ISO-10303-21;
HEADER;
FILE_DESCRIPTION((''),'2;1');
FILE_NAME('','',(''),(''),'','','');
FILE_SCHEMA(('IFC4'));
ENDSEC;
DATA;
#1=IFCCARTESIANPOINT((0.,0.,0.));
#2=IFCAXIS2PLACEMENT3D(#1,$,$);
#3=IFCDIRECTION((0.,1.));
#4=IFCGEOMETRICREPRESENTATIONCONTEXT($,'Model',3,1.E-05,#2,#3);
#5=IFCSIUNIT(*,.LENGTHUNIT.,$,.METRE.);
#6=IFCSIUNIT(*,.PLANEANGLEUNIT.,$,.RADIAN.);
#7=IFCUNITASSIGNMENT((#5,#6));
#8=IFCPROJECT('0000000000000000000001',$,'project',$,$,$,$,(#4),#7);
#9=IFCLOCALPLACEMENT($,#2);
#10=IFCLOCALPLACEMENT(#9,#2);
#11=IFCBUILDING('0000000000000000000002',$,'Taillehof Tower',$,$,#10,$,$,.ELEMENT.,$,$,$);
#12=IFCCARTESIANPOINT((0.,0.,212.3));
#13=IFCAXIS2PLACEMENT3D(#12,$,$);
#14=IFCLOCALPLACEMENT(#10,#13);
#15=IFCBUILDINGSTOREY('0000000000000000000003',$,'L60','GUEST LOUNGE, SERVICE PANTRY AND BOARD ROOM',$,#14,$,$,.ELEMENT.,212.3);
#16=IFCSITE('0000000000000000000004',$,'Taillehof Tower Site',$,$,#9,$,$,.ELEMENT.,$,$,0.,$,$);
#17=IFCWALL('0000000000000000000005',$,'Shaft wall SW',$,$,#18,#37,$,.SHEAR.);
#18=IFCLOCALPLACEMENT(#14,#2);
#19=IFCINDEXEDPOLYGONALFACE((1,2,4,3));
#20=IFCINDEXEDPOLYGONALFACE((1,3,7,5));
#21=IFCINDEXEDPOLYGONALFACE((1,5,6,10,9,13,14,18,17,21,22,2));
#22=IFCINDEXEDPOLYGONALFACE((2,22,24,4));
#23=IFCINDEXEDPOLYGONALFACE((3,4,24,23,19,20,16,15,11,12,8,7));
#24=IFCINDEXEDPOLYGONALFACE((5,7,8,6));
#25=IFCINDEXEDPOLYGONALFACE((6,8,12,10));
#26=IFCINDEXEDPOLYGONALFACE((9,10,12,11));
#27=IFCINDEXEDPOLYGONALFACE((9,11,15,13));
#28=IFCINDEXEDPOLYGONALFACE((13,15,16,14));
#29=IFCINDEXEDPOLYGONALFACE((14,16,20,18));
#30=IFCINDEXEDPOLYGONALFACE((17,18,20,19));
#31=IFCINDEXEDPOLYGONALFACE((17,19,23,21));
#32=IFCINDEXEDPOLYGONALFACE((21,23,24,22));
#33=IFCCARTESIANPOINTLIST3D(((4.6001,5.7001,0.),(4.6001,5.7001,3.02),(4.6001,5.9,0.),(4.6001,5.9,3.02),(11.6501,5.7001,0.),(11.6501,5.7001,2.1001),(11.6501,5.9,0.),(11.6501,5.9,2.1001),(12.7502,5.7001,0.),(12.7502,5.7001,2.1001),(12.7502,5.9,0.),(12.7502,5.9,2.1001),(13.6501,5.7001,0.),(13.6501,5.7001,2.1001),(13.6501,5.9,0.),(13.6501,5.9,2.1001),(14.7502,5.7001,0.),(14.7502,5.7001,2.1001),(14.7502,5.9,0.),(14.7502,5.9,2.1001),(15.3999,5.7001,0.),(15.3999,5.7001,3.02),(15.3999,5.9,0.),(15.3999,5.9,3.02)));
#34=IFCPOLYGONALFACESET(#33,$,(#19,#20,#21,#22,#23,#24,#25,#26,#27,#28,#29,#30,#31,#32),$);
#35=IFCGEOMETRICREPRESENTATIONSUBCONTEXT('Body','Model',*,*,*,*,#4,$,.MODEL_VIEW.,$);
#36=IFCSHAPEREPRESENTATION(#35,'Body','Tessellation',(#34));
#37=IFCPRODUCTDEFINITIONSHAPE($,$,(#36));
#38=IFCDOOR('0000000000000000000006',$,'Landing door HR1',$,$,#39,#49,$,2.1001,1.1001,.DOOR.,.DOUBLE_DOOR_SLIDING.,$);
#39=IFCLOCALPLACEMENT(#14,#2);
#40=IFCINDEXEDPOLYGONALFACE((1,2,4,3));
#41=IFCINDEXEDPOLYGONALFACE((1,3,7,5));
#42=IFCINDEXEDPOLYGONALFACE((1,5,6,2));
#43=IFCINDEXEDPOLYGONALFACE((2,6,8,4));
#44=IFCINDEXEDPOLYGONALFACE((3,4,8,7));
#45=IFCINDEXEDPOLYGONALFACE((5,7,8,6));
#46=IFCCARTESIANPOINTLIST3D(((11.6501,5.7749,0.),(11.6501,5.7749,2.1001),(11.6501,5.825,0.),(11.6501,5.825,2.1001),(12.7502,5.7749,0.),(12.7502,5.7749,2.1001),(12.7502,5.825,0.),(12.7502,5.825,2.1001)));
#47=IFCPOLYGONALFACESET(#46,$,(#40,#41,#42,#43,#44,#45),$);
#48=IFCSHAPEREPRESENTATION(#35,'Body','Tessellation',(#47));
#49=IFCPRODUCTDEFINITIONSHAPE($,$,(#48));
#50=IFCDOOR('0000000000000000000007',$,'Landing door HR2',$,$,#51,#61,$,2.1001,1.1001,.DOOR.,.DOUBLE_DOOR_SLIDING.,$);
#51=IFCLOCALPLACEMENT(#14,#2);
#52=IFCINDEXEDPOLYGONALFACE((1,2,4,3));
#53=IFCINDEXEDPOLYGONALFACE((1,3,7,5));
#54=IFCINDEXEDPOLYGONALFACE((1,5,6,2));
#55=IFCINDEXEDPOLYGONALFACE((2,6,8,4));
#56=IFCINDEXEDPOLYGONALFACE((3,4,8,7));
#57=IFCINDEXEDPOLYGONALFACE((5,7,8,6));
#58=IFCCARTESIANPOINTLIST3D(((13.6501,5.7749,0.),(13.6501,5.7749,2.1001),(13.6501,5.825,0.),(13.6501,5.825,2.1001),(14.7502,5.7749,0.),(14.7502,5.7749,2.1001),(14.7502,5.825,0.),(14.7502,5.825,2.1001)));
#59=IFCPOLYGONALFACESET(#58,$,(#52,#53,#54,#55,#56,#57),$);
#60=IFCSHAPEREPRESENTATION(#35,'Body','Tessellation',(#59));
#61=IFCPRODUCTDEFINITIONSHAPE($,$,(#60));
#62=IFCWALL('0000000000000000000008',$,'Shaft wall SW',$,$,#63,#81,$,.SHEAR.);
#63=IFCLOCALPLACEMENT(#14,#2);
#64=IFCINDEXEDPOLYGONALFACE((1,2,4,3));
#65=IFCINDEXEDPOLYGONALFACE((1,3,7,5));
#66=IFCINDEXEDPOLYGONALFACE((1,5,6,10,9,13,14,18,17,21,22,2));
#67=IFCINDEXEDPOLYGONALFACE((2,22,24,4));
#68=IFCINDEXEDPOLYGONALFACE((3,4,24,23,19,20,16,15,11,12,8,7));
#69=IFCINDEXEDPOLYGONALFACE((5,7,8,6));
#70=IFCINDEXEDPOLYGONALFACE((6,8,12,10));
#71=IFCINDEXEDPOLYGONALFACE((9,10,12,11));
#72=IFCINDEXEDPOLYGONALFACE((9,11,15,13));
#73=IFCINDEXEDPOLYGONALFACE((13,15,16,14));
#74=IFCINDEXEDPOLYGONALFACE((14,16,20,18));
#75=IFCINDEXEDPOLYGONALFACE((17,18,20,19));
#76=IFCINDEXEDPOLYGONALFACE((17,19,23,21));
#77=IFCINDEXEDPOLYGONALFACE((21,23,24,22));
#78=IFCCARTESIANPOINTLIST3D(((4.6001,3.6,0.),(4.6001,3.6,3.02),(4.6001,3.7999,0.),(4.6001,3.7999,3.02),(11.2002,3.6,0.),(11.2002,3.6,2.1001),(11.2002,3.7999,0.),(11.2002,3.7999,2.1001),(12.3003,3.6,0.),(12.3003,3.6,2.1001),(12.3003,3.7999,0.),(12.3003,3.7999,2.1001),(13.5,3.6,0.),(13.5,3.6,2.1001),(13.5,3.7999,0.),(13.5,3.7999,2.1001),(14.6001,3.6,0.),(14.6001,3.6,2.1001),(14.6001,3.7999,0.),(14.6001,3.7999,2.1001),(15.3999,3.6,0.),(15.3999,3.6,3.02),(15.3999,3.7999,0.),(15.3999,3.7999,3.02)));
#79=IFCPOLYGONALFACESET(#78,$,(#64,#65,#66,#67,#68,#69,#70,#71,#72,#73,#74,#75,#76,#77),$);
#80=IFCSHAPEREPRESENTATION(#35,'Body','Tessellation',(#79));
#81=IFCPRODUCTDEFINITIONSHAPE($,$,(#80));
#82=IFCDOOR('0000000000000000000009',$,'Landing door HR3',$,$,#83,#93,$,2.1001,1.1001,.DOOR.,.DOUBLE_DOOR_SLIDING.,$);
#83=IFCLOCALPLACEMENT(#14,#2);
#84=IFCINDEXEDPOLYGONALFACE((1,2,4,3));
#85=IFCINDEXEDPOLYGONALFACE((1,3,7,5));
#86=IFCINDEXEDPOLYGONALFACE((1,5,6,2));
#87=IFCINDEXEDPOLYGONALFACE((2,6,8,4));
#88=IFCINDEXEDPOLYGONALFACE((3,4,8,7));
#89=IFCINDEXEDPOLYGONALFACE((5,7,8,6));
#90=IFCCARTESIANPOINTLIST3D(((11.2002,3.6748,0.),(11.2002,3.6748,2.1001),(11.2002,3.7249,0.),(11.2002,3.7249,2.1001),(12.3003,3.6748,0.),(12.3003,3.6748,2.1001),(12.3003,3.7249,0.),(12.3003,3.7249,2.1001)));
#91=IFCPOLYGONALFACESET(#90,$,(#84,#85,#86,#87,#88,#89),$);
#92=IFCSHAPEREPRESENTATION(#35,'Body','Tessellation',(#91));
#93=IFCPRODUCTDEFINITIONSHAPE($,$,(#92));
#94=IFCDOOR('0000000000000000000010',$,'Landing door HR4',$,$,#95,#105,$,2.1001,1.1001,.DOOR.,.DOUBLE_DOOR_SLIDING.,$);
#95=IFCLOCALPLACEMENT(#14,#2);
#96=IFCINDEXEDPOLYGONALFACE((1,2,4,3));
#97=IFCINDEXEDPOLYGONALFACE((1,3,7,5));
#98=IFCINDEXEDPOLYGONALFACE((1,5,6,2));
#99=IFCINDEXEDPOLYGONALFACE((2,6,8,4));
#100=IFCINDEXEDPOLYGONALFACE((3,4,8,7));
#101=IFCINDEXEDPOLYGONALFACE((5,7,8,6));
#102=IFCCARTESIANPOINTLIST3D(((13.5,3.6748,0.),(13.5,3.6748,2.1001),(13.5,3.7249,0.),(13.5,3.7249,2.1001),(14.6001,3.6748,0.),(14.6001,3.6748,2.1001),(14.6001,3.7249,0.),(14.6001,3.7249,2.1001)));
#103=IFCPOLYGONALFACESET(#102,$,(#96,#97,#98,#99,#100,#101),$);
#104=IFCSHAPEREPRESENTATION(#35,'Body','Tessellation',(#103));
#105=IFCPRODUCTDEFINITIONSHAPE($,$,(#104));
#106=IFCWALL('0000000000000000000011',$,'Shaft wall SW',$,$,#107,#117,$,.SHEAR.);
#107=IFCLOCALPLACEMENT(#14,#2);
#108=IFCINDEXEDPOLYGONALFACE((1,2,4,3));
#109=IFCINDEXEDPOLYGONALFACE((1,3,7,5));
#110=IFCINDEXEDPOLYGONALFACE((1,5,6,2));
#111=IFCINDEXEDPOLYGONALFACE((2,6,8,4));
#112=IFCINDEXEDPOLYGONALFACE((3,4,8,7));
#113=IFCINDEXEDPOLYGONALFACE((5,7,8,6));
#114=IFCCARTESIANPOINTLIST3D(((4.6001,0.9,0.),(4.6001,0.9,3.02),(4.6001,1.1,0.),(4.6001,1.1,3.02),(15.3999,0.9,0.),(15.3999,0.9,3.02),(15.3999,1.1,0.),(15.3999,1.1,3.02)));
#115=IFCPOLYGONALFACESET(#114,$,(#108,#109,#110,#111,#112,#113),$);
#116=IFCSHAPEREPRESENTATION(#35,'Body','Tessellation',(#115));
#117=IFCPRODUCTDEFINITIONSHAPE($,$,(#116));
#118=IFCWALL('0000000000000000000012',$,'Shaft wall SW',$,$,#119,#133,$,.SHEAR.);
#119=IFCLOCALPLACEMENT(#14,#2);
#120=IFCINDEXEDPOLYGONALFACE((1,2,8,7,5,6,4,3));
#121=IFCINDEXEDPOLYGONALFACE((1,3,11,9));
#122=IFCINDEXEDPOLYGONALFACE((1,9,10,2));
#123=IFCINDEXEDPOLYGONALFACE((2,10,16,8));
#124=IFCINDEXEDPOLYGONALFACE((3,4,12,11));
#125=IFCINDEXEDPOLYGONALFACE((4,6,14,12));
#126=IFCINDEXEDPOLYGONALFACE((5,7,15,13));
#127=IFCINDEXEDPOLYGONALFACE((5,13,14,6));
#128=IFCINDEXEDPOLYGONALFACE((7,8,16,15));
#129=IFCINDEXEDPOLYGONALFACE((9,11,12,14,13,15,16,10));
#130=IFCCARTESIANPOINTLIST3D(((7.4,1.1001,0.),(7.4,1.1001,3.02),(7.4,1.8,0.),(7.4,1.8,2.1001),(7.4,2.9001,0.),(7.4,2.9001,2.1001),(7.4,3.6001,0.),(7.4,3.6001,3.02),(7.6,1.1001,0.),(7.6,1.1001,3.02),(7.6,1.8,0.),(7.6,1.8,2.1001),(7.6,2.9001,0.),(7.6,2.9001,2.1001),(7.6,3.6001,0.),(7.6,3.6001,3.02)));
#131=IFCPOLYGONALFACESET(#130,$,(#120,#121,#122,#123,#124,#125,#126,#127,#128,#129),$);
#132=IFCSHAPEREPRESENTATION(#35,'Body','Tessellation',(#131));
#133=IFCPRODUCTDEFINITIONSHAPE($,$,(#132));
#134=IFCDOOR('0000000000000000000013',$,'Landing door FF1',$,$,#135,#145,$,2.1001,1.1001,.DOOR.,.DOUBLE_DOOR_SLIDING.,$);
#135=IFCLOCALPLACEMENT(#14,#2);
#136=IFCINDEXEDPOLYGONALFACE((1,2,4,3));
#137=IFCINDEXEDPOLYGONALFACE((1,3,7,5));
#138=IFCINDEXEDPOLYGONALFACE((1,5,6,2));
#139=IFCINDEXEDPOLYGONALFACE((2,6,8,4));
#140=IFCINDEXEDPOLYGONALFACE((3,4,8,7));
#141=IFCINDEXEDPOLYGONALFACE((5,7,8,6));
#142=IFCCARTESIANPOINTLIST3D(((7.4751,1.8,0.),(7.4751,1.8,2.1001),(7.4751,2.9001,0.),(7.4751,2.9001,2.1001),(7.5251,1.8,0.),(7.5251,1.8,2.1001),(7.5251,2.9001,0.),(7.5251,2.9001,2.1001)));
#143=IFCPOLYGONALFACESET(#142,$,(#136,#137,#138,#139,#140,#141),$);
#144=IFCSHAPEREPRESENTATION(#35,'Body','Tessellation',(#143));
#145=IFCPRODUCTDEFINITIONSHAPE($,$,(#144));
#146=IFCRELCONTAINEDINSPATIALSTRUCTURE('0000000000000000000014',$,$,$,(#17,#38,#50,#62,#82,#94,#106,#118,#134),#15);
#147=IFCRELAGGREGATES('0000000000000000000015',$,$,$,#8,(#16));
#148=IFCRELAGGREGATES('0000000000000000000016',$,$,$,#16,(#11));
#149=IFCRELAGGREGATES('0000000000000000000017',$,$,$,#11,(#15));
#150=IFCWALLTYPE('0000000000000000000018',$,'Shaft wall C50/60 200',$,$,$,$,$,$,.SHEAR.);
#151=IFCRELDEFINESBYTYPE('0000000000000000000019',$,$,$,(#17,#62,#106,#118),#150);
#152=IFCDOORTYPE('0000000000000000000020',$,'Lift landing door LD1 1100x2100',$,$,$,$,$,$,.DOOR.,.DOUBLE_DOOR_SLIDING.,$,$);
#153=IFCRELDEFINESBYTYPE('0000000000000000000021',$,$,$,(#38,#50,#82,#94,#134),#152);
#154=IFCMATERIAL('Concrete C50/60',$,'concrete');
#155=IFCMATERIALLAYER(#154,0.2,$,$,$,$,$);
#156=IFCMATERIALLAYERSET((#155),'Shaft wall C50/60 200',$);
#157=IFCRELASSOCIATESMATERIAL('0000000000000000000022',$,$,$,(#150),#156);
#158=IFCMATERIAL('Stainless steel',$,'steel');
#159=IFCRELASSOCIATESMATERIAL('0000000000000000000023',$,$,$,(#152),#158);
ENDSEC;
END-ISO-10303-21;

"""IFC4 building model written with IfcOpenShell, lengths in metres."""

from ifc_helpers import new_model, si_unit, direction, frame, frame_2d, origin, place, context, subcontext, project, spatial, rectangle, extrude, material, layer, layer_set, type_object, element, fill, save


model = new_model("IFC4")

# Units and contexts
model_context = context("Model", 3, precision=1e-05, world=origin(), true_north=direction((0.0, 1.0)))
body_context = subcontext(model_context, "Body", "Model", "MODEL_VIEW")
ifc_project = project(units=[si_unit("LENGTHUNIT", "METRE"), si_unit("PLANEANGLEUNIT", "RADIAN")], contexts=[model_context])

# Site, building, storey
site_placement = place(None, origin())
site = spatial("IfcSite", under=ifc_project, at=site_placement, Name="Taillehof Tower Site", CompositionType="ELEMENT", RefElevation=0.0)
building_placement = place(site_placement, origin())
building = spatial("IfcBuilding", under=site, at=building_placement, Name="Taillehof Tower", CompositionType="ELEMENT")
storey_placement = place(building_placement, frame((0.0, 0.0, 212.3)))
storey = spatial("IfcBuildingStorey", under=building, at=storey_placement, Name="L60", Description="GUEST LOUNGE, SERVICE PANTRY AND BOARD ROOM", CompositionType="ELEMENT", Elevation=212.3)

# Walls, openings, doors
ifc_material_1 = material(Name="Concrete C50/60", Category="concrete")
ifc_layer_1 = layer(ifc_material_1, 0.2)
ifc_layer_set_1 = layer_set([ifc_layer_1], Name="Shaft wall C50/60 200")
wall_type_1 = type_object("IfcWallType", Name="Shaft wall C50/60 200", PredefinedType="SHEAR", material=ifc_layer_set_1)
wall_1_placement = place(storey_placement, frame((4.6001, 5.8, 0.0), z_axis=(0.0, 0.0, 1.0), x_axis=(1.0, 0.0, 0.0)))
wall_1 = element("IfcWall", 1, at=wall_1_placement, inside=storey, type_object=wall_type_1, Name="Shaft wall SW", PredefinedType="SHEAR", context=body_context, shape_type="SweptSolid", body=[
    extrude(rectangle(XDim=10.7998, YDim=0.2, at=frame_2d((5.3999, 0.0))), origin(), (0.0, 0.0, 1.0), 3.02),
])
opening_1_placement = place(wall_1_placement, frame((7.05, 0.0, 0.0)))
opening_1 = element("IfcOpeningElement", 2, at=opening_1_placement, cuts=wall_1, PredefinedType="OPENING", context=body_context, shape_type="SweptSolid", body=[
    extrude(rectangle(XDim=1.1001, YDim=2.1001, at=frame_2d((0.55, 1.05))), frame((0.0, 0.1099, 0.0), z_axis=(0.0, -1.0, 0.0), x_axis=(1.0, 0.0, 0.0)), (0.0, 0.0, 1.0), 0.22),
])
opening_2_placement = place(wall_1_placement, frame((9.05, 0.0, 0.0)))
opening_2 = element("IfcOpeningElement", 3, at=opening_2_placement, cuts=wall_1, PredefinedType="OPENING", context=body_context, shape_type="SweptSolid", body=[
    extrude(rectangle(XDim=1.1001, YDim=2.1001, at=frame_2d((0.55, 1.05))), frame((0.0, 0.1099, 0.0), z_axis=(0.0, -1.0, 0.0), x_axis=(1.0, 0.0, 0.0)), (0.0, 0.0, 1.0), 0.22),
])
ifc_material_2 = material(Name="Stainless steel", Category="steel")
door_type_1 = type_object("IfcDoorType", Name="Lift landing door LD1 1100x2100", OperationType="DOUBLE_DOOR_SLIDING", PredefinedType="DOOR", material=ifc_material_2)
door_1_placement = place(opening_1_placement, origin())
door_1 = element("IfcDoor", 4, at=door_1_placement, inside=storey, type_object=door_type_1, Name="Landing door HR1", OperationType="DOUBLE_DOOR_SLIDING", OverallHeight=2.1001, OverallWidth=1.1001, PredefinedType="DOOR", context=body_context, shape_type="SweptSolid", body=[
    extrude(rectangle(XDim=1.1001, YDim=2.1001, at=frame_2d((0.55, 1.05))), frame((0.0, 0.0249, 0.0), z_axis=(0.0, -1.0, 0.0), x_axis=(1.0, 0.0, 0.0)), (0.0, 0.0, 1.0), 0.05),
])
fill(opening_1, door_1)
door_2_placement = place(opening_2_placement, origin())
door_2 = element("IfcDoor", 5, at=door_2_placement, inside=storey, type_object=door_type_1, Name="Landing door HR2", OperationType="DOUBLE_DOOR_SLIDING", OverallHeight=2.1001, OverallWidth=1.1001, PredefinedType="DOOR", context=body_context, shape_type="SweptSolid", body=[
    extrude(rectangle(XDim=1.1001, YDim=2.1001, at=frame_2d((0.55, 1.05))), frame((0.0, 0.0249, 0.0), z_axis=(0.0, -1.0, 0.0), x_axis=(1.0, 0.0, 0.0)), (0.0, 0.0, 1.0), 0.05),
])
fill(opening_2, door_2)
wall_2_placement = place(storey_placement, frame((4.6001, 3.7, 0.0), z_axis=(0.0, 0.0, 1.0), x_axis=(1.0, 0.0, 0.0)))
wall_2 = element("IfcWall", 6, at=wall_2_placement, inside=storey, type_object=wall_type_1, Name="Shaft wall SW", PredefinedType="SHEAR", context=body_context, shape_type="SweptSolid", body=[
    extrude(rectangle(XDim=10.7998, YDim=0.2, at=frame_2d((5.3999, 0.0))), origin(), (0.0, 0.0, 1.0), 3.02),
])
opening_3_placement = place(wall_2_placement, frame((6.6001, 0.0, 0.0)))
opening_3 = element("IfcOpeningElement", 7, at=opening_3_placement, cuts=wall_2, PredefinedType="OPENING", context=body_context, shape_type="SweptSolid", body=[
    extrude(rectangle(XDim=1.1001, YDim=2.1001, at=frame_2d((0.55, 1.05))), frame((0.0, 0.1099, 0.0), z_axis=(0.0, -1.0, 0.0), x_axis=(1.0, 0.0, 0.0)), (0.0, 0.0, 1.0), 0.22),
])
opening_4_placement = place(wall_2_placement, frame((8.8999, 0.0, 0.0)))
opening_4 = element("IfcOpeningElement", 8, at=opening_4_placement, cuts=wall_2, PredefinedType="OPENING", context=body_context, shape_type="SweptSolid", body=[
    extrude(rectangle(XDim=1.1001, YDim=2.1001, at=frame_2d((0.55, 1.05))), frame((0.0, 0.1099, 0.0), z_axis=(0.0, -1.0, 0.0), x_axis=(1.0, 0.0, 0.0)), (0.0, 0.0, 1.0), 0.22),
])
door_3_placement = place(opening_3_placement, origin())
door_3 = element("IfcDoor", 9, at=door_3_placement, inside=storey, type_object=door_type_1, Name="Landing door HR3", OperationType="DOUBLE_DOOR_SLIDING", OverallHeight=2.1001, OverallWidth=1.1001, PredefinedType="DOOR", context=body_context, shape_type="SweptSolid", body=[
    extrude(rectangle(XDim=1.1001, YDim=2.1001, at=frame_2d((0.55, 1.05))), frame((0.0, 0.0249, 0.0), z_axis=(0.0, -1.0, 0.0), x_axis=(1.0, 0.0, 0.0)), (0.0, 0.0, 1.0), 0.05),
])
fill(opening_3, door_3)
door_4_placement = place(opening_4_placement, origin())
door_4 = element("IfcDoor", 10, at=door_4_placement, inside=storey, type_object=door_type_1, Name="Landing door HR4", OperationType="DOUBLE_DOOR_SLIDING", OverallHeight=2.1001, OverallWidth=1.1001, PredefinedType="DOOR", context=body_context, shape_type="SweptSolid", body=[
    extrude(rectangle(XDim=1.1001, YDim=2.1001, at=frame_2d((0.55, 1.05))), frame((0.0, 0.0249, 0.0), z_axis=(0.0, -1.0, 0.0), x_axis=(1.0, 0.0, 0.0)), (0.0, 0.0, 1.0), 0.05),
])
fill(opening_4, door_4)

# Wall
wall_3_placement = place(storey_placement, frame((4.6001, 1.0, 0.0), z_axis=(0.0, 0.0, 1.0), x_axis=(1.0, 0.0, 0.0)))
element("IfcWall", 11, at=wall_3_placement, inside=storey, type_object=wall_type_1, Name="Shaft wall SW", PredefinedType="SHEAR", context=body_context, shape_type="SweptSolid", body=[
    extrude(rectangle(XDim=10.7998, YDim=0.2, at=frame_2d((5.3999, 0.0))), origin(), (0.0, 0.0, 1.0), 3.02),
])

# Wall, opening, door
wall_4_placement = place(storey_placement, frame((7.5, 1.1001, 0.0), z_axis=(0.0, 0.0, 1.0), x_axis=(0.0, 1.0, 0.0)))
wall_4 = element("IfcWall", 12, at=wall_4_placement, inside=storey, type_object=wall_type_1, Name="Shaft wall SW", PredefinedType="SHEAR", context=body_context, shape_type="SweptSolid", body=[
    extrude(rectangle(XDim=2.5, YDim=0.2, at=frame_2d((1.25, 0.0))), origin(), (0.0, 0.0, 1.0), 3.02),
])
opening_5_placement = place(wall_4_placement, frame((0.7, 0.0, 0.0)))
opening_5 = element("IfcOpeningElement", 13, at=opening_5_placement, cuts=wall_4, PredefinedType="OPENING", context=body_context, shape_type="SweptSolid", body=[
    extrude(rectangle(XDim=1.1001, YDim=2.1001, at=frame_2d((0.55, 1.05))), frame((0.0, 0.1099, 0.0), z_axis=(0.0, -1.0, 0.0), x_axis=(1.0, 0.0, 0.0)), (0.0, 0.0, 1.0), 0.22),
])
door_5_placement = place(opening_5_placement, origin())
door_5 = element("IfcDoor", 14, at=door_5_placement, inside=storey, type_object=door_type_1, Name="Landing door FF1", OperationType="DOUBLE_DOOR_SLIDING", OverallHeight=2.1001, OverallWidth=1.1001, PredefinedType="DOOR", context=body_context, shape_type="SweptSolid", body=[
    extrude(rectangle(XDim=1.1001, YDim=2.1001, at=frame_2d((0.55, 1.05))), frame((0.0, 0.0249, 0.0), z_axis=(0.0, -1.0, 0.0), x_axis=(1.0, 0.0, 0.0)), (0.0, 0.0, 1.0), 0.05),
])
fill(opening_5, door_5)

save(model, "model.ifc")
